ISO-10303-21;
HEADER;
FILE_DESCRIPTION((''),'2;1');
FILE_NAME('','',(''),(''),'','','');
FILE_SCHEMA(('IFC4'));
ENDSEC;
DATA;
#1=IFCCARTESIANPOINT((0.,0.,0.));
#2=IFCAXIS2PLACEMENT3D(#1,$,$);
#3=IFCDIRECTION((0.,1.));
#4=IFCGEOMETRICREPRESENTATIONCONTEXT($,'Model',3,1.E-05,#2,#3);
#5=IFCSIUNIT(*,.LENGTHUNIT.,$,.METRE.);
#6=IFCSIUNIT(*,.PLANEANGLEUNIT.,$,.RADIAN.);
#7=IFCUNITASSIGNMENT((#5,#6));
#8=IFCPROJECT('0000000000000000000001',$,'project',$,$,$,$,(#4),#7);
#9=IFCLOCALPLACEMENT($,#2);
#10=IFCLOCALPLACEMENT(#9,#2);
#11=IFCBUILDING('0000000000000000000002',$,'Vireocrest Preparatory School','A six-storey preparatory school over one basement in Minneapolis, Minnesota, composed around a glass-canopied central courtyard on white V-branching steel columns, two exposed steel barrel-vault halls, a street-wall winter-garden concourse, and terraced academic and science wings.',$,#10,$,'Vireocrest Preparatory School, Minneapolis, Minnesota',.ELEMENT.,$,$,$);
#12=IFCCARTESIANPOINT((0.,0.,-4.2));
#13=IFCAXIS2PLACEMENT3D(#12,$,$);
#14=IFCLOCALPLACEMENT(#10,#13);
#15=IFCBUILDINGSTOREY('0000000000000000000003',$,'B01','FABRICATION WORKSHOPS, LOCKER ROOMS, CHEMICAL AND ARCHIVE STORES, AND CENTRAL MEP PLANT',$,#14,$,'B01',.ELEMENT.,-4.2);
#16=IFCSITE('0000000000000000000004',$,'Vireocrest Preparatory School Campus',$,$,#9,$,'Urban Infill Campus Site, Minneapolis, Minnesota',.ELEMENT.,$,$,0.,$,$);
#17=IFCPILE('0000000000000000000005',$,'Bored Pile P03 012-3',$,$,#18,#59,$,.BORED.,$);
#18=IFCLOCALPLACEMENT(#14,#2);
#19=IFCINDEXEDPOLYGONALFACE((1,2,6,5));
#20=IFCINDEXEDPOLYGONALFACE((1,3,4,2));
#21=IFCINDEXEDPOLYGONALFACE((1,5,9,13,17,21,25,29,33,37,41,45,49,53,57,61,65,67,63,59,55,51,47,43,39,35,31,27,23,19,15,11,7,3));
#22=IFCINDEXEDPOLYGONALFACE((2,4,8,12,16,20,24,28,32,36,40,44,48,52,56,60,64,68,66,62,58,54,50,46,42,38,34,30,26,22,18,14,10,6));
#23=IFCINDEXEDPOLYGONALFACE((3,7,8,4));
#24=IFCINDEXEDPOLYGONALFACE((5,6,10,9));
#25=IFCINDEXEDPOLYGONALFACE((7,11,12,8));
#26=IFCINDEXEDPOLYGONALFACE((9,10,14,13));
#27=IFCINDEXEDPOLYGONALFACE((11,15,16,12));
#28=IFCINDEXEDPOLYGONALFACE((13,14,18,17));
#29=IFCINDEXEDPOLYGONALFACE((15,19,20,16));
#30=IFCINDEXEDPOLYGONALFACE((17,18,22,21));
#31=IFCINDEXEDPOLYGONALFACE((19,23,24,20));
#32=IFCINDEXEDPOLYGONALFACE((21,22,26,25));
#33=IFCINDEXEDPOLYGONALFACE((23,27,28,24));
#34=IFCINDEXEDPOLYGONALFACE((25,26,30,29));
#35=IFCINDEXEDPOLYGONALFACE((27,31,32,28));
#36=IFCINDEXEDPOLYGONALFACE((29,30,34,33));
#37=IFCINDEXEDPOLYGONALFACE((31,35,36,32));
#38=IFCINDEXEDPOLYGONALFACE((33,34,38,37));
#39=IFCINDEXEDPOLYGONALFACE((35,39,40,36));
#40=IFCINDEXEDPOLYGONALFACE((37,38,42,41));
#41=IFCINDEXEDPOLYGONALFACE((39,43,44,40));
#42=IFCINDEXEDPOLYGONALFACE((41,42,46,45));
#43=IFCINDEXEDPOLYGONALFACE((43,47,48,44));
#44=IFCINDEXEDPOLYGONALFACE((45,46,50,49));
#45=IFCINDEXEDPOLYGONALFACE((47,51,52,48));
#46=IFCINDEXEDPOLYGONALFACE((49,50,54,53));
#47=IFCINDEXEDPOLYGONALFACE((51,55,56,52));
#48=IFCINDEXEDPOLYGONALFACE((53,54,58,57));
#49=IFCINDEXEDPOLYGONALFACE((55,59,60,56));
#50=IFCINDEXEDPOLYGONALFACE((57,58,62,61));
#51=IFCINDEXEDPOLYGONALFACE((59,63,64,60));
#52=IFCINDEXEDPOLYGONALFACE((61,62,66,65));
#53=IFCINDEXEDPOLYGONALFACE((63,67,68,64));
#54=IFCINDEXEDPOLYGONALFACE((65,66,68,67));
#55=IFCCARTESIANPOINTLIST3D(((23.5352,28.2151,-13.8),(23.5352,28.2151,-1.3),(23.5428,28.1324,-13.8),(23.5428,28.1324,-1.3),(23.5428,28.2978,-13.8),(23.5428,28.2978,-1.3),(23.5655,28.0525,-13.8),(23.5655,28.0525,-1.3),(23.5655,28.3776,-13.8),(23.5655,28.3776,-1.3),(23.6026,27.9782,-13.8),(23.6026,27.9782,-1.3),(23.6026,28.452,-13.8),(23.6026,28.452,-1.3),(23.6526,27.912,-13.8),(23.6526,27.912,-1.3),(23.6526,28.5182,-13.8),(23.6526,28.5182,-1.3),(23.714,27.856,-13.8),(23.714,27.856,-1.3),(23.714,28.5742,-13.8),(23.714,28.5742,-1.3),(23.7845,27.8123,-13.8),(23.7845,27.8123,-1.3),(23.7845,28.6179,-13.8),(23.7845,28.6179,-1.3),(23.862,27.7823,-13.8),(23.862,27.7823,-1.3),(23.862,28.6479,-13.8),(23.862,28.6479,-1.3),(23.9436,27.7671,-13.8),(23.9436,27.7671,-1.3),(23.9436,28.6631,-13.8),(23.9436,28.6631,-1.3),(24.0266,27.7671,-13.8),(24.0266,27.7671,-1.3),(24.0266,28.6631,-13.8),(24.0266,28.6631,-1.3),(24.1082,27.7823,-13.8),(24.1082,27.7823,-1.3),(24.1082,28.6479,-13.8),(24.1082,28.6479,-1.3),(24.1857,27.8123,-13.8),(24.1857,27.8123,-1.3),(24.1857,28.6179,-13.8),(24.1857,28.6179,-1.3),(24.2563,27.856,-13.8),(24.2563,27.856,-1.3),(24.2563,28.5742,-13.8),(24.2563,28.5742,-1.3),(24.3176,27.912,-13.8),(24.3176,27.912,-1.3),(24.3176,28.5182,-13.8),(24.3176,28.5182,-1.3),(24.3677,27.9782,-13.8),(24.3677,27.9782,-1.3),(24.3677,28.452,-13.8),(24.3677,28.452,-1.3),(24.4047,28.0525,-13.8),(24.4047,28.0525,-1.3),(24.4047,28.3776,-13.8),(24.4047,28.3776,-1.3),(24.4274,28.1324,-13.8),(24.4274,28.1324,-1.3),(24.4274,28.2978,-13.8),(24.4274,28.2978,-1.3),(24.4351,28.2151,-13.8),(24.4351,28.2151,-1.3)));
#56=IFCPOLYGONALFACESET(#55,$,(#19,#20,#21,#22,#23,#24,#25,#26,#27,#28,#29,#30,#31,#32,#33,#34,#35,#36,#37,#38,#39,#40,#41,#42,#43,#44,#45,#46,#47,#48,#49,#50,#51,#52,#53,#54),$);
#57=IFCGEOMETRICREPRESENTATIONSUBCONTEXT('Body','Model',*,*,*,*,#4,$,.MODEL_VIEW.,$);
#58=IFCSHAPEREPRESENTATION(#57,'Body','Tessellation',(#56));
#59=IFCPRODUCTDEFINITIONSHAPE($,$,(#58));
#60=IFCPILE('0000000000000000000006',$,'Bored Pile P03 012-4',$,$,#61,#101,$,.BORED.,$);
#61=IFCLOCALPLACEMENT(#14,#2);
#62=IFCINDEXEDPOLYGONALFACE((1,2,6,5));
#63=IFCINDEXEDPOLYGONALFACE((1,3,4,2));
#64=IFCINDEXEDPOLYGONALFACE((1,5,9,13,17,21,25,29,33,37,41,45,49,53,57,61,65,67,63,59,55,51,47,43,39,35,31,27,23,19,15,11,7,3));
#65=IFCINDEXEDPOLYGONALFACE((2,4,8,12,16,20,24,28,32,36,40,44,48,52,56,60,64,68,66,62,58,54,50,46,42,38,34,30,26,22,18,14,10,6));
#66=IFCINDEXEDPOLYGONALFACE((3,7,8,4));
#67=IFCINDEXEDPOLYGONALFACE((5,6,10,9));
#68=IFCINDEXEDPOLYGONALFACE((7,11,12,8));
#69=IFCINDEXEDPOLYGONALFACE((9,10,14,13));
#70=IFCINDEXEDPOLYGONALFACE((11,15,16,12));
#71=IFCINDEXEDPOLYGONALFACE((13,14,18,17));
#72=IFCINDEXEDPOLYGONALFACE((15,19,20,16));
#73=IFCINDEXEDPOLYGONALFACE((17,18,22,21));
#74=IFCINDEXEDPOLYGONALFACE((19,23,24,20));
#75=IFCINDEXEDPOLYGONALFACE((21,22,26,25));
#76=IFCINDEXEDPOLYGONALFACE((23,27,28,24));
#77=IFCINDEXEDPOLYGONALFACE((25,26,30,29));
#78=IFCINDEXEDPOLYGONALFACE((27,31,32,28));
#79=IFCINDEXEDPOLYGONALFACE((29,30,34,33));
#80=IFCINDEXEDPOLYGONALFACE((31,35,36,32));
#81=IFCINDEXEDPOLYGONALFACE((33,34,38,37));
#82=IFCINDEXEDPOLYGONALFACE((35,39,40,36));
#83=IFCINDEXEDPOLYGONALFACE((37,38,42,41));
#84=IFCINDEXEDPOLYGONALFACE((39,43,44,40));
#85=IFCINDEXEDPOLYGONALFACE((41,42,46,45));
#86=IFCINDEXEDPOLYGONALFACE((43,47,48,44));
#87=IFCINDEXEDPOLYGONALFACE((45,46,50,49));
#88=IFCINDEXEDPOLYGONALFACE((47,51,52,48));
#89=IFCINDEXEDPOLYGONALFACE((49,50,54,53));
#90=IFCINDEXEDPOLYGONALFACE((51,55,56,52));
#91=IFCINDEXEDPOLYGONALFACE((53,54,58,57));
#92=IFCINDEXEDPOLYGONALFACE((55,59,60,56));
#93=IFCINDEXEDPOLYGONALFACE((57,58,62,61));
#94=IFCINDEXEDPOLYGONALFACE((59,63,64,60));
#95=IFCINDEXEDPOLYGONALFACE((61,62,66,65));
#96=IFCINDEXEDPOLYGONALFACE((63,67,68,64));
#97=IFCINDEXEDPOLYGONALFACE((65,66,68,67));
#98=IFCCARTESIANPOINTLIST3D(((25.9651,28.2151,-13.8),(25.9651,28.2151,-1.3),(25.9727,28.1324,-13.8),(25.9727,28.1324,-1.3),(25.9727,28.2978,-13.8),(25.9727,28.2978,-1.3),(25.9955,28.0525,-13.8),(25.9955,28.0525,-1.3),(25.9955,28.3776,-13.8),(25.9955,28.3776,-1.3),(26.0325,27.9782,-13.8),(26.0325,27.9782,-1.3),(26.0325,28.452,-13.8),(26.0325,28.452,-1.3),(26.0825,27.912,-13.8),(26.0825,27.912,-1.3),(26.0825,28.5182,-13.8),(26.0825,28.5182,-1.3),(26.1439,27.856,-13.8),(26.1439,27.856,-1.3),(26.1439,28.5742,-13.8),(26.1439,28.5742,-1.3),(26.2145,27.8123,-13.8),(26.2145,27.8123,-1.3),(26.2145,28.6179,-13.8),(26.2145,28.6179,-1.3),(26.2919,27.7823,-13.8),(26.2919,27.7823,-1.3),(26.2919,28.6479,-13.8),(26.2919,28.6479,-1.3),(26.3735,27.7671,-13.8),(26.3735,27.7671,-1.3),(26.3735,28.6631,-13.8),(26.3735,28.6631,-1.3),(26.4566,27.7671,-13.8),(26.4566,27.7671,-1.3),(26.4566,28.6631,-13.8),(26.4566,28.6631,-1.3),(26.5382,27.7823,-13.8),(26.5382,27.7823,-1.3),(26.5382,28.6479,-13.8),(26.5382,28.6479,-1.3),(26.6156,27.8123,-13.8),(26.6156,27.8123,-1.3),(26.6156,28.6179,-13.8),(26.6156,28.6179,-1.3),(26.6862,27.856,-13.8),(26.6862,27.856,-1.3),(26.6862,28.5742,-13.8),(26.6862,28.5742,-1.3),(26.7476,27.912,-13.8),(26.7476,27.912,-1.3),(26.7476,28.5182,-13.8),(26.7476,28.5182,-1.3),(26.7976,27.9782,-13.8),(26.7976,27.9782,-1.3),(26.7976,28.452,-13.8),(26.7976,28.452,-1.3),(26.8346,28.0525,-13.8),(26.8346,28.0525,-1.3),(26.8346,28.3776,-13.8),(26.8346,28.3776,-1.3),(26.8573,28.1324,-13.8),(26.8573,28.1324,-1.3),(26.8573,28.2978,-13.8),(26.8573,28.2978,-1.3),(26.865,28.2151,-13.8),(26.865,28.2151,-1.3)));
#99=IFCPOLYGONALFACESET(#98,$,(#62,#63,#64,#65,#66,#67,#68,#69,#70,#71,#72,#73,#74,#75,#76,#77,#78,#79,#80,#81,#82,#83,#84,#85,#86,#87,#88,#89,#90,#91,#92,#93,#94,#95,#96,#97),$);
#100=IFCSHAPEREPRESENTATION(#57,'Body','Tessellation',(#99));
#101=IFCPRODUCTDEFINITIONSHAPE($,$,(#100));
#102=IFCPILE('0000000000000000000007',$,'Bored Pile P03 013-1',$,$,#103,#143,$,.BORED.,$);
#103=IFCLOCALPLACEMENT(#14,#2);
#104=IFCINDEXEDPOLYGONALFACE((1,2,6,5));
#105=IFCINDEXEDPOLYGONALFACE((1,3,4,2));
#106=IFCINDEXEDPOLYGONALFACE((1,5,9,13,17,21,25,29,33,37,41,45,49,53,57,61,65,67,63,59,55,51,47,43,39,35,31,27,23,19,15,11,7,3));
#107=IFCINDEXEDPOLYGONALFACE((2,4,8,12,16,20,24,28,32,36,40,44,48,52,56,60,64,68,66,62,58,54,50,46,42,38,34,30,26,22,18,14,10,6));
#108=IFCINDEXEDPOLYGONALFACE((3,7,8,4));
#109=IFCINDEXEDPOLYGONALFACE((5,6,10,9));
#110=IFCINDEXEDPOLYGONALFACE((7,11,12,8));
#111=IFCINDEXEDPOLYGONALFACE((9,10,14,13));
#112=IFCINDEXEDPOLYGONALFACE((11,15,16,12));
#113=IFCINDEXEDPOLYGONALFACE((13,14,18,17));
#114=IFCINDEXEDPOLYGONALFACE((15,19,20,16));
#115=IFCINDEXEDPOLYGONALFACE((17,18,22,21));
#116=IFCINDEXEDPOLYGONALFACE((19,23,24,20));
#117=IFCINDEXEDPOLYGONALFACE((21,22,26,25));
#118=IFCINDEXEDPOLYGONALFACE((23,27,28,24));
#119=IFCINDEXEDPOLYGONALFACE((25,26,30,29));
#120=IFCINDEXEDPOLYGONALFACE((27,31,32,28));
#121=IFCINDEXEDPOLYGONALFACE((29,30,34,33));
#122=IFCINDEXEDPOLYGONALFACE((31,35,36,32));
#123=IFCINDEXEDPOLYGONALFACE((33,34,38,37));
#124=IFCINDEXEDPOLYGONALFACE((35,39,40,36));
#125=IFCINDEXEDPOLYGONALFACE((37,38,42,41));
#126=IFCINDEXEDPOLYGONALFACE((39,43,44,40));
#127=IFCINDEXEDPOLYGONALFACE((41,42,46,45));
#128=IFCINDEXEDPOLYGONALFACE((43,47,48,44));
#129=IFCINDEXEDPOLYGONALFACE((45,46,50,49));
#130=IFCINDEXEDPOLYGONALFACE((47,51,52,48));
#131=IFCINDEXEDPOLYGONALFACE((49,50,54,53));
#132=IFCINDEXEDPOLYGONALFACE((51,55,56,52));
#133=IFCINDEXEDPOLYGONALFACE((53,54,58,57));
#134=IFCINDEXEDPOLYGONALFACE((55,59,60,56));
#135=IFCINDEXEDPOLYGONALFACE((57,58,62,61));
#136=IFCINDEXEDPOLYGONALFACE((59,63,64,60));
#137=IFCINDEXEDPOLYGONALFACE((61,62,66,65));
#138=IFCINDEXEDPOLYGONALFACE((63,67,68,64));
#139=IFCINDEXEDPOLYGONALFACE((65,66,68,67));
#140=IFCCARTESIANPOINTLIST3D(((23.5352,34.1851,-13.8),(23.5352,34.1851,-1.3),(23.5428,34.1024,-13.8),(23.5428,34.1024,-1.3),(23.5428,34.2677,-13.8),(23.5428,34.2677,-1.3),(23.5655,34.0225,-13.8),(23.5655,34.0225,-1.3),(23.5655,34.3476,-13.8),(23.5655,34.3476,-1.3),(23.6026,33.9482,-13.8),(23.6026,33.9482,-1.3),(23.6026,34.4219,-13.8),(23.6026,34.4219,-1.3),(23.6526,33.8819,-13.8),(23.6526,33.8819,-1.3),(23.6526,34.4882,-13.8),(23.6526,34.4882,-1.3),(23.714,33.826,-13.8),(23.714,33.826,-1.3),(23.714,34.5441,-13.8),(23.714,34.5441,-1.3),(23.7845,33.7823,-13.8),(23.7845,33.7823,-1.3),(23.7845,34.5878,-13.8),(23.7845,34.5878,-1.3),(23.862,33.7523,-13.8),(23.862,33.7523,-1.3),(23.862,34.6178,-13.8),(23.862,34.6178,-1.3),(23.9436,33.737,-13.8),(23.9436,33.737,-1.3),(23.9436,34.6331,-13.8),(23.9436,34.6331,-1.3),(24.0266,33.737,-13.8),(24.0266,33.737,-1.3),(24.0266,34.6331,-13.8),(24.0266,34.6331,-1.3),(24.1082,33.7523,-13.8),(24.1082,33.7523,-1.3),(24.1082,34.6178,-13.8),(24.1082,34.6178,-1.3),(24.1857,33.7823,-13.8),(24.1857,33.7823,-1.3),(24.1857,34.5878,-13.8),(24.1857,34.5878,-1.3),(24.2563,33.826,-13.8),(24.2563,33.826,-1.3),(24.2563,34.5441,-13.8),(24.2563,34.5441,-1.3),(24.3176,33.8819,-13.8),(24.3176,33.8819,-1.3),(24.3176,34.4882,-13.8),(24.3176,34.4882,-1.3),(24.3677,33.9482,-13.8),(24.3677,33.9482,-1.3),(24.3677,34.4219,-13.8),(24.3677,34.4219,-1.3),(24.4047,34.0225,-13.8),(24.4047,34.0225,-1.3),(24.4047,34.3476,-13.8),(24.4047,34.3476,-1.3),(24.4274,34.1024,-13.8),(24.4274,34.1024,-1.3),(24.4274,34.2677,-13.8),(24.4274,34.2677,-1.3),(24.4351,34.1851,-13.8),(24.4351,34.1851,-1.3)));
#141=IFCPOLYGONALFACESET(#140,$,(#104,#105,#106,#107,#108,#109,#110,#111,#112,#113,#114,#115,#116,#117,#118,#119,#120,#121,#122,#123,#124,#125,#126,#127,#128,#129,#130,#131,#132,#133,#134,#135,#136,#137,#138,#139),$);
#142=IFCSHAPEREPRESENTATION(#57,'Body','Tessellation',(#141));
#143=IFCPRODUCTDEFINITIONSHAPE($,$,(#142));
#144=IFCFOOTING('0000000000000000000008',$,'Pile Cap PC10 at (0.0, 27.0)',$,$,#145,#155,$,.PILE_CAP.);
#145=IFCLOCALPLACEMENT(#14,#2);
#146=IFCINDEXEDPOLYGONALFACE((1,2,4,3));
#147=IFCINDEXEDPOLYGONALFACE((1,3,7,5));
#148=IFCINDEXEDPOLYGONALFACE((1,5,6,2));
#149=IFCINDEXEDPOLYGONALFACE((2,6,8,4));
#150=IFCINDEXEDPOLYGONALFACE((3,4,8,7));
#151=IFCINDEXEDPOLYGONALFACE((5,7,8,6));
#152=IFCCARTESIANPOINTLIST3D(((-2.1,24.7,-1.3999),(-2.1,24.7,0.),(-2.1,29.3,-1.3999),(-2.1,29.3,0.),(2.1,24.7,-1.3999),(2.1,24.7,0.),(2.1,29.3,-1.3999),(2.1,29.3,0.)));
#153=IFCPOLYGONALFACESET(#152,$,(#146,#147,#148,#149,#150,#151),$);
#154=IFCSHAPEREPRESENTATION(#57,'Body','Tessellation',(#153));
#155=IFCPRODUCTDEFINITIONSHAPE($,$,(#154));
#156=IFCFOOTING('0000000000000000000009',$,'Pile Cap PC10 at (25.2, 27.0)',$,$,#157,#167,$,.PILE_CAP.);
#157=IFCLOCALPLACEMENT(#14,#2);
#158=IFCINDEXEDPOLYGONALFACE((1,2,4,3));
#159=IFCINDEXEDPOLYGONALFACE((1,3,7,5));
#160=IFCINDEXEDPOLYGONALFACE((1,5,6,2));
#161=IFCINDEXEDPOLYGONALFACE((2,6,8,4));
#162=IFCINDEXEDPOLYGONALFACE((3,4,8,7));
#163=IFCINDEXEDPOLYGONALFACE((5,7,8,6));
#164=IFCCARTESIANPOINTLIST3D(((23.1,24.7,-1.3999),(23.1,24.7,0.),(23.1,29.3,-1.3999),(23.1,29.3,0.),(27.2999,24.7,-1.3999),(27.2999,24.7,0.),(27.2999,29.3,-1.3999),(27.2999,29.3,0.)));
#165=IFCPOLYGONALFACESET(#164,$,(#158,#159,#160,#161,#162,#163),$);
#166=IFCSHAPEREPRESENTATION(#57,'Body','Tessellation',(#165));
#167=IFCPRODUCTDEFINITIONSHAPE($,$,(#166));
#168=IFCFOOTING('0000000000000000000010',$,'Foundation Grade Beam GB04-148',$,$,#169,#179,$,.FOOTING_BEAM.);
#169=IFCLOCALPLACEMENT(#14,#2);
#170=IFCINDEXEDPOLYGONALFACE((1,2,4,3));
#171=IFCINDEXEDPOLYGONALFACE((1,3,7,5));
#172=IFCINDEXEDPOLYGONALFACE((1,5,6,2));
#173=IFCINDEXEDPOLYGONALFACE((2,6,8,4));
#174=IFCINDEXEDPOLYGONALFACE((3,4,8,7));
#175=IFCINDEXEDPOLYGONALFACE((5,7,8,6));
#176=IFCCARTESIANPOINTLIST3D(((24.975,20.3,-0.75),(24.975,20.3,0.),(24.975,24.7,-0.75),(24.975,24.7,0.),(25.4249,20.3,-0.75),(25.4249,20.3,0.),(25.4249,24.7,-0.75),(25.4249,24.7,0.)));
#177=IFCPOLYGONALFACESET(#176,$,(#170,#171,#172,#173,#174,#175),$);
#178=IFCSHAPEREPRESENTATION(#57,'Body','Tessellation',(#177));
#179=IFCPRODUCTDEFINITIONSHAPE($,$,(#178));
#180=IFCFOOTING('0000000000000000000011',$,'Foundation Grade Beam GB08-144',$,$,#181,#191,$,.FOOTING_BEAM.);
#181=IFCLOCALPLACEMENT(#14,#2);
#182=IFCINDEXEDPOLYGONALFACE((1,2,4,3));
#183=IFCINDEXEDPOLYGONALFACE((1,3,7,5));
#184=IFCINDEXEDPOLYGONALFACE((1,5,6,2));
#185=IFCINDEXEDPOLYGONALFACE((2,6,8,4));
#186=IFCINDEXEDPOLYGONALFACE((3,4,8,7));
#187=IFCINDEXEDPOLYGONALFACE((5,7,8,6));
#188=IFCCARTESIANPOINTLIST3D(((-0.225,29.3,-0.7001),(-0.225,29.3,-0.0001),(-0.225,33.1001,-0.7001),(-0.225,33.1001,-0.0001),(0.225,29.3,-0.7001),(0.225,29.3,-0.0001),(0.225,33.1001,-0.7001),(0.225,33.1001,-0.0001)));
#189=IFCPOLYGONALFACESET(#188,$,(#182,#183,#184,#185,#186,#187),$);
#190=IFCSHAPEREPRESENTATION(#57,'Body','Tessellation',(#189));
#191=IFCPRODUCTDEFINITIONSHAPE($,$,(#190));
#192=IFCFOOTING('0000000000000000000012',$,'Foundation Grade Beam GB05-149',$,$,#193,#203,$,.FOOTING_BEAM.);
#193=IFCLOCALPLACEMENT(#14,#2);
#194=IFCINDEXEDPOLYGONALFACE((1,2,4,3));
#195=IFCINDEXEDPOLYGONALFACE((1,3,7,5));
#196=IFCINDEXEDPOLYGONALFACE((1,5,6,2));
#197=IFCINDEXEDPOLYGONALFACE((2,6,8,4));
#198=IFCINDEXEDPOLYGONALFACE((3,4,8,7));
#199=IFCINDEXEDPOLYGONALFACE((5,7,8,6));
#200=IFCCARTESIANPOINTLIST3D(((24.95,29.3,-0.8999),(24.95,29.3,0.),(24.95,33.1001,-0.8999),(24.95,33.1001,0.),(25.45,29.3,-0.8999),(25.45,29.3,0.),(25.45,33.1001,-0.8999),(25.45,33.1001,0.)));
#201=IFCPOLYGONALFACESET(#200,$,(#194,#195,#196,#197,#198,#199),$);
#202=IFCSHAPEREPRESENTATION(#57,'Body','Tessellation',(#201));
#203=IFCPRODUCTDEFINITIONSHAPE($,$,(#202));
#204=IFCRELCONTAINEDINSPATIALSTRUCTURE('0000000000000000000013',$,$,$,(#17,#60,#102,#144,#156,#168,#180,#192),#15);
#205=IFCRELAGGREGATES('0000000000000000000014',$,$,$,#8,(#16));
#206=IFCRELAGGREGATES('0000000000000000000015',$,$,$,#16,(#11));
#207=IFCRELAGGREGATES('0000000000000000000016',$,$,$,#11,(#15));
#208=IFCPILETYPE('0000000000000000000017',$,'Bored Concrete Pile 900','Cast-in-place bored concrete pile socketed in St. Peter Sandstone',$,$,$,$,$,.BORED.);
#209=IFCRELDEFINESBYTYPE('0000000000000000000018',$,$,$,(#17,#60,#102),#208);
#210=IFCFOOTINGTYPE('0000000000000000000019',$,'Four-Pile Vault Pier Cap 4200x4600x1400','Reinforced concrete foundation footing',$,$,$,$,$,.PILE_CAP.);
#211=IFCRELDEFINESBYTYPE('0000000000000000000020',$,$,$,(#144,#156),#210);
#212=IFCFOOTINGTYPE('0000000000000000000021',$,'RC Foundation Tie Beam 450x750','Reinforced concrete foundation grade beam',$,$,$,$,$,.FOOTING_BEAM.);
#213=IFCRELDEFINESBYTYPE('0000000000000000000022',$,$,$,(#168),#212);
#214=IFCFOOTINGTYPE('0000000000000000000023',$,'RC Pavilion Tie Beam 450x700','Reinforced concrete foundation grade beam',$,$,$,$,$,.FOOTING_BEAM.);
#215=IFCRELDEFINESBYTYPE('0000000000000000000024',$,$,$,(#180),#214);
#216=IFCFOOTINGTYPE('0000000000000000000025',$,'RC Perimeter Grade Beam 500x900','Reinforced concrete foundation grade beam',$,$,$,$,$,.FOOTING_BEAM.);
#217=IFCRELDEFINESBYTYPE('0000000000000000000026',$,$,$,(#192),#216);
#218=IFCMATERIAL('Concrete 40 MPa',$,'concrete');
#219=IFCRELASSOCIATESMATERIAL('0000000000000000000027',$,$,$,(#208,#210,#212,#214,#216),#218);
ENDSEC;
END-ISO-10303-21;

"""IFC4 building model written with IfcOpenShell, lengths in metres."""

from ifc_helpers import new_model, si_unit, direction, frame, origin, origin_2d, place, context, subcontext, project, spatial, rectangle, circle, extrude, material, material_profile, profile_set, type_object, element, save


model = new_model("IFC4")

# Units and contexts
model_context = context("Model", 3, precision=1e-05, world=origin(), true_north=direction((0.0, 1.0)))
body_context = subcontext(model_context, "Body", "Model", "MODEL_VIEW")
ifc_project = project(units=[si_unit("LENGTHUNIT", "METRE"), si_unit("PLANEANGLEUNIT", "RADIAN")], contexts=[model_context])

# Site, building, storey
site_placement = place(None, origin())
site = spatial("IfcSite", under=ifc_project, at=site_placement, Name="Vireocrest Preparatory School Campus", LongName="Urban Infill Campus Site, Minneapolis, Minnesota", CompositionType="ELEMENT", RefElevation=0.0)
building_placement = place(site_placement, origin())
building = spatial("IfcBuilding", under=site, at=building_placement, Name="Vireocrest Preparatory School", Description="A six-storey preparatory school over one basement in Minneapolis, Minnesota, composed around a glass-canopied central courtyard on white V-branching steel columns, two exposed steel barrel-vault halls, a street-wall winter-garden concourse, and terraced academic and science wings.", LongName="Vireocrest Preparatory School, Minneapolis, Minnesota", CompositionType="ELEMENT")
storey_placement = place(building_placement, frame((0.0, 0.0, -4.2)))
storey = spatial("IfcBuildingStorey", under=building, at=storey_placement, Name="B01", Description="FABRICATION WORKSHOPS, LOCKER ROOMS, CHEMICAL AND ARCHIVE STORES, AND CENTRAL MEP PLANT", LongName="B01", CompositionType="ELEMENT", Elevation=-4.2)

# Piles
ifc_material_1 = material(Name="Concrete 40 MPa", Category="concrete")
ifc_material_profile_1 = material_profile(ifc_material_1, circle(Radius=0.45, at=origin_2d()), Name="BORED PILE 900")
ifc_profile_set_1 = profile_set([ifc_material_profile_1], Name="Concrete 40 MPa")
pile_type = type_object("IfcPileType", Name="Bored Concrete Pile 900", Description="Cast-in-place bored concrete pile socketed in St. Peter Sandstone", PredefinedType="BORED", material=ifc_profile_set_1)
for number, where, z_axis, x_axis, name in (
    (1, (23.9851, 28.2151, -1.3), (0.0, 0.0, -1.0), (1.0, 0.0, 0.0), "Bored Pile P03 012-3"),
    (2, (26.415, 28.2151, -1.3), (0.0, 0.0, -1.0), (1.0, 0.0, 0.0), "Bored Pile P03 012-4"),
    (3, (23.9851, 34.1851, -1.3), (0.0, 0.0, -1.0), (1.0, 0.0, 0.0), "Bored Pile P03 013-1"),
):
    element("IfcPile", number, at=place(storey_placement, frame(where, z_axis=z_axis, x_axis=x_axis)), inside=storey, type_object=pile_type, Name=name, PredefinedType="BORED", context=body_context, shape_type="SweptSolid", body=[
        extrude(circle(Radius=0.45, at=origin_2d()), origin(), (0.0, 0.0, 1.0), 12.5),
    ])

# Footings
footing_type_1 = type_object("IfcFootingType", Name="Four-Pile Vault Pier Cap 4200x4600x1400", Description="Reinforced concrete foundation footing", PredefinedType="PILE_CAP", material=ifc_material_1)
for number, where, z_axis, x_axis, name in (
    (4, (0.0, 27.0, -1.3999), (0.0, 0.0, 1.0), (1.0, 0.0, 0.0), "Pile Cap PC10 at (0.0, 27.0)"),
    (5, (25.2, 27.0, -1.3999), (0.0, 0.0, 1.0), (1.0, 0.0, 0.0), "Pile Cap PC10 at (25.2, 27.0)"),
):
    element("IfcFooting", number, at=place(storey_placement, frame(where, z_axis=z_axis, x_axis=x_axis)), inside=storey, type_object=footing_type_1, Name=name, PredefinedType="PILE_CAP", context=body_context, shape_type="SweptSolid", body=[
        extrude(rectangle(XDim=4.2, YDim=4.6001, at=origin_2d()), origin(), (0.0, 0.0, 1.0), 1.3999),
    ])
ifc_material_profile_2 = material_profile(ifc_material_1, rectangle(XDim=0.45, YDim=0.75, at=origin_2d()), Name="GB 450x750")
ifc_profile_set_2 = profile_set([ifc_material_profile_2], Name="Concrete 40 MPa")
footing_type_2 = type_object("IfcFootingType", Name="RC Foundation Tie Beam 450x750", Description="Reinforced concrete foundation grade beam", PredefinedType="FOOTING_BEAM", material=ifc_profile_set_2)
footing_1_placement = place(storey_placement, frame((25.2, 20.3, -0.375), z_axis=(0.0, 1.0, 0.0), x_axis=(-1.0, 0.0, 0.0)))
element("IfcFooting", 6, at=footing_1_placement, inside=storey, type_object=footing_type_2, Name="Foundation Grade Beam GB04-148", PredefinedType="FOOTING_BEAM", context=body_context, shape_type="SweptSolid", body=[
    extrude(rectangle(XDim=0.45, YDim=0.75, at=origin_2d()), origin(), (0.0, 0.0, 1.0), 4.3999),
])
ifc_material_profile_3 = material_profile(ifc_material_1, rectangle(XDim=0.45, YDim=0.7, at=origin_2d()), Name="GB 450x700")
ifc_profile_set_3 = profile_set([ifc_material_profile_3], Name="Concrete 40 MPa")
footing_type_3 = type_object("IfcFootingType", Name="RC Pavilion Tie Beam 450x700", Description="Reinforced concrete foundation grade beam", PredefinedType="FOOTING_BEAM", material=ifc_profile_set_3)
footing_2_placement = place(storey_placement, frame((0.0, 29.3, -0.3501), z_axis=(0.0, 1.0, 0.0), x_axis=(-1.0, 0.0, 0.0)))
element("IfcFooting", 7, at=footing_2_placement, inside=storey, type_object=footing_type_3, Name="Foundation Grade Beam GB08-144", PredefinedType="FOOTING_BEAM", context=body_context, shape_type="SweptSolid", body=[
    extrude(rectangle(XDim=0.45, YDim=0.7, at=origin_2d()), origin(), (0.0, 0.0, 1.0), 3.8),
])
ifc_material_profile_4 = material_profile(ifc_material_1, rectangle(XDim=0.5, YDim=0.8999, at=origin_2d()), Name="GB 500x900")
ifc_profile_set_4 = profile_set([ifc_material_profile_4], Name="Concrete 40 MPa")
footing_type_4 = type_object("IfcFootingType", Name="RC Perimeter Grade Beam 500x900", Description="Reinforced concrete foundation grade beam", PredefinedType="FOOTING_BEAM", material=ifc_profile_set_4)
footing_3_placement = place(storey_placement, frame((25.2, 29.3, -0.45), z_axis=(0.0, 1.0, 0.0), x_axis=(-1.0, 0.0, 0.0)))
element("IfcFooting", 8, at=footing_3_placement, inside=storey, type_object=footing_type_4, Name="Foundation Grade Beam GB05-149", PredefinedType="FOOTING_BEAM", context=body_context, shape_type="SweptSolid", body=[
    extrude(rectangle(XDim=0.5, YDim=0.8999, at=origin_2d()), origin(), (0.0, 0.0, 1.0), 3.8),
])

save(model, "model.ifc")
